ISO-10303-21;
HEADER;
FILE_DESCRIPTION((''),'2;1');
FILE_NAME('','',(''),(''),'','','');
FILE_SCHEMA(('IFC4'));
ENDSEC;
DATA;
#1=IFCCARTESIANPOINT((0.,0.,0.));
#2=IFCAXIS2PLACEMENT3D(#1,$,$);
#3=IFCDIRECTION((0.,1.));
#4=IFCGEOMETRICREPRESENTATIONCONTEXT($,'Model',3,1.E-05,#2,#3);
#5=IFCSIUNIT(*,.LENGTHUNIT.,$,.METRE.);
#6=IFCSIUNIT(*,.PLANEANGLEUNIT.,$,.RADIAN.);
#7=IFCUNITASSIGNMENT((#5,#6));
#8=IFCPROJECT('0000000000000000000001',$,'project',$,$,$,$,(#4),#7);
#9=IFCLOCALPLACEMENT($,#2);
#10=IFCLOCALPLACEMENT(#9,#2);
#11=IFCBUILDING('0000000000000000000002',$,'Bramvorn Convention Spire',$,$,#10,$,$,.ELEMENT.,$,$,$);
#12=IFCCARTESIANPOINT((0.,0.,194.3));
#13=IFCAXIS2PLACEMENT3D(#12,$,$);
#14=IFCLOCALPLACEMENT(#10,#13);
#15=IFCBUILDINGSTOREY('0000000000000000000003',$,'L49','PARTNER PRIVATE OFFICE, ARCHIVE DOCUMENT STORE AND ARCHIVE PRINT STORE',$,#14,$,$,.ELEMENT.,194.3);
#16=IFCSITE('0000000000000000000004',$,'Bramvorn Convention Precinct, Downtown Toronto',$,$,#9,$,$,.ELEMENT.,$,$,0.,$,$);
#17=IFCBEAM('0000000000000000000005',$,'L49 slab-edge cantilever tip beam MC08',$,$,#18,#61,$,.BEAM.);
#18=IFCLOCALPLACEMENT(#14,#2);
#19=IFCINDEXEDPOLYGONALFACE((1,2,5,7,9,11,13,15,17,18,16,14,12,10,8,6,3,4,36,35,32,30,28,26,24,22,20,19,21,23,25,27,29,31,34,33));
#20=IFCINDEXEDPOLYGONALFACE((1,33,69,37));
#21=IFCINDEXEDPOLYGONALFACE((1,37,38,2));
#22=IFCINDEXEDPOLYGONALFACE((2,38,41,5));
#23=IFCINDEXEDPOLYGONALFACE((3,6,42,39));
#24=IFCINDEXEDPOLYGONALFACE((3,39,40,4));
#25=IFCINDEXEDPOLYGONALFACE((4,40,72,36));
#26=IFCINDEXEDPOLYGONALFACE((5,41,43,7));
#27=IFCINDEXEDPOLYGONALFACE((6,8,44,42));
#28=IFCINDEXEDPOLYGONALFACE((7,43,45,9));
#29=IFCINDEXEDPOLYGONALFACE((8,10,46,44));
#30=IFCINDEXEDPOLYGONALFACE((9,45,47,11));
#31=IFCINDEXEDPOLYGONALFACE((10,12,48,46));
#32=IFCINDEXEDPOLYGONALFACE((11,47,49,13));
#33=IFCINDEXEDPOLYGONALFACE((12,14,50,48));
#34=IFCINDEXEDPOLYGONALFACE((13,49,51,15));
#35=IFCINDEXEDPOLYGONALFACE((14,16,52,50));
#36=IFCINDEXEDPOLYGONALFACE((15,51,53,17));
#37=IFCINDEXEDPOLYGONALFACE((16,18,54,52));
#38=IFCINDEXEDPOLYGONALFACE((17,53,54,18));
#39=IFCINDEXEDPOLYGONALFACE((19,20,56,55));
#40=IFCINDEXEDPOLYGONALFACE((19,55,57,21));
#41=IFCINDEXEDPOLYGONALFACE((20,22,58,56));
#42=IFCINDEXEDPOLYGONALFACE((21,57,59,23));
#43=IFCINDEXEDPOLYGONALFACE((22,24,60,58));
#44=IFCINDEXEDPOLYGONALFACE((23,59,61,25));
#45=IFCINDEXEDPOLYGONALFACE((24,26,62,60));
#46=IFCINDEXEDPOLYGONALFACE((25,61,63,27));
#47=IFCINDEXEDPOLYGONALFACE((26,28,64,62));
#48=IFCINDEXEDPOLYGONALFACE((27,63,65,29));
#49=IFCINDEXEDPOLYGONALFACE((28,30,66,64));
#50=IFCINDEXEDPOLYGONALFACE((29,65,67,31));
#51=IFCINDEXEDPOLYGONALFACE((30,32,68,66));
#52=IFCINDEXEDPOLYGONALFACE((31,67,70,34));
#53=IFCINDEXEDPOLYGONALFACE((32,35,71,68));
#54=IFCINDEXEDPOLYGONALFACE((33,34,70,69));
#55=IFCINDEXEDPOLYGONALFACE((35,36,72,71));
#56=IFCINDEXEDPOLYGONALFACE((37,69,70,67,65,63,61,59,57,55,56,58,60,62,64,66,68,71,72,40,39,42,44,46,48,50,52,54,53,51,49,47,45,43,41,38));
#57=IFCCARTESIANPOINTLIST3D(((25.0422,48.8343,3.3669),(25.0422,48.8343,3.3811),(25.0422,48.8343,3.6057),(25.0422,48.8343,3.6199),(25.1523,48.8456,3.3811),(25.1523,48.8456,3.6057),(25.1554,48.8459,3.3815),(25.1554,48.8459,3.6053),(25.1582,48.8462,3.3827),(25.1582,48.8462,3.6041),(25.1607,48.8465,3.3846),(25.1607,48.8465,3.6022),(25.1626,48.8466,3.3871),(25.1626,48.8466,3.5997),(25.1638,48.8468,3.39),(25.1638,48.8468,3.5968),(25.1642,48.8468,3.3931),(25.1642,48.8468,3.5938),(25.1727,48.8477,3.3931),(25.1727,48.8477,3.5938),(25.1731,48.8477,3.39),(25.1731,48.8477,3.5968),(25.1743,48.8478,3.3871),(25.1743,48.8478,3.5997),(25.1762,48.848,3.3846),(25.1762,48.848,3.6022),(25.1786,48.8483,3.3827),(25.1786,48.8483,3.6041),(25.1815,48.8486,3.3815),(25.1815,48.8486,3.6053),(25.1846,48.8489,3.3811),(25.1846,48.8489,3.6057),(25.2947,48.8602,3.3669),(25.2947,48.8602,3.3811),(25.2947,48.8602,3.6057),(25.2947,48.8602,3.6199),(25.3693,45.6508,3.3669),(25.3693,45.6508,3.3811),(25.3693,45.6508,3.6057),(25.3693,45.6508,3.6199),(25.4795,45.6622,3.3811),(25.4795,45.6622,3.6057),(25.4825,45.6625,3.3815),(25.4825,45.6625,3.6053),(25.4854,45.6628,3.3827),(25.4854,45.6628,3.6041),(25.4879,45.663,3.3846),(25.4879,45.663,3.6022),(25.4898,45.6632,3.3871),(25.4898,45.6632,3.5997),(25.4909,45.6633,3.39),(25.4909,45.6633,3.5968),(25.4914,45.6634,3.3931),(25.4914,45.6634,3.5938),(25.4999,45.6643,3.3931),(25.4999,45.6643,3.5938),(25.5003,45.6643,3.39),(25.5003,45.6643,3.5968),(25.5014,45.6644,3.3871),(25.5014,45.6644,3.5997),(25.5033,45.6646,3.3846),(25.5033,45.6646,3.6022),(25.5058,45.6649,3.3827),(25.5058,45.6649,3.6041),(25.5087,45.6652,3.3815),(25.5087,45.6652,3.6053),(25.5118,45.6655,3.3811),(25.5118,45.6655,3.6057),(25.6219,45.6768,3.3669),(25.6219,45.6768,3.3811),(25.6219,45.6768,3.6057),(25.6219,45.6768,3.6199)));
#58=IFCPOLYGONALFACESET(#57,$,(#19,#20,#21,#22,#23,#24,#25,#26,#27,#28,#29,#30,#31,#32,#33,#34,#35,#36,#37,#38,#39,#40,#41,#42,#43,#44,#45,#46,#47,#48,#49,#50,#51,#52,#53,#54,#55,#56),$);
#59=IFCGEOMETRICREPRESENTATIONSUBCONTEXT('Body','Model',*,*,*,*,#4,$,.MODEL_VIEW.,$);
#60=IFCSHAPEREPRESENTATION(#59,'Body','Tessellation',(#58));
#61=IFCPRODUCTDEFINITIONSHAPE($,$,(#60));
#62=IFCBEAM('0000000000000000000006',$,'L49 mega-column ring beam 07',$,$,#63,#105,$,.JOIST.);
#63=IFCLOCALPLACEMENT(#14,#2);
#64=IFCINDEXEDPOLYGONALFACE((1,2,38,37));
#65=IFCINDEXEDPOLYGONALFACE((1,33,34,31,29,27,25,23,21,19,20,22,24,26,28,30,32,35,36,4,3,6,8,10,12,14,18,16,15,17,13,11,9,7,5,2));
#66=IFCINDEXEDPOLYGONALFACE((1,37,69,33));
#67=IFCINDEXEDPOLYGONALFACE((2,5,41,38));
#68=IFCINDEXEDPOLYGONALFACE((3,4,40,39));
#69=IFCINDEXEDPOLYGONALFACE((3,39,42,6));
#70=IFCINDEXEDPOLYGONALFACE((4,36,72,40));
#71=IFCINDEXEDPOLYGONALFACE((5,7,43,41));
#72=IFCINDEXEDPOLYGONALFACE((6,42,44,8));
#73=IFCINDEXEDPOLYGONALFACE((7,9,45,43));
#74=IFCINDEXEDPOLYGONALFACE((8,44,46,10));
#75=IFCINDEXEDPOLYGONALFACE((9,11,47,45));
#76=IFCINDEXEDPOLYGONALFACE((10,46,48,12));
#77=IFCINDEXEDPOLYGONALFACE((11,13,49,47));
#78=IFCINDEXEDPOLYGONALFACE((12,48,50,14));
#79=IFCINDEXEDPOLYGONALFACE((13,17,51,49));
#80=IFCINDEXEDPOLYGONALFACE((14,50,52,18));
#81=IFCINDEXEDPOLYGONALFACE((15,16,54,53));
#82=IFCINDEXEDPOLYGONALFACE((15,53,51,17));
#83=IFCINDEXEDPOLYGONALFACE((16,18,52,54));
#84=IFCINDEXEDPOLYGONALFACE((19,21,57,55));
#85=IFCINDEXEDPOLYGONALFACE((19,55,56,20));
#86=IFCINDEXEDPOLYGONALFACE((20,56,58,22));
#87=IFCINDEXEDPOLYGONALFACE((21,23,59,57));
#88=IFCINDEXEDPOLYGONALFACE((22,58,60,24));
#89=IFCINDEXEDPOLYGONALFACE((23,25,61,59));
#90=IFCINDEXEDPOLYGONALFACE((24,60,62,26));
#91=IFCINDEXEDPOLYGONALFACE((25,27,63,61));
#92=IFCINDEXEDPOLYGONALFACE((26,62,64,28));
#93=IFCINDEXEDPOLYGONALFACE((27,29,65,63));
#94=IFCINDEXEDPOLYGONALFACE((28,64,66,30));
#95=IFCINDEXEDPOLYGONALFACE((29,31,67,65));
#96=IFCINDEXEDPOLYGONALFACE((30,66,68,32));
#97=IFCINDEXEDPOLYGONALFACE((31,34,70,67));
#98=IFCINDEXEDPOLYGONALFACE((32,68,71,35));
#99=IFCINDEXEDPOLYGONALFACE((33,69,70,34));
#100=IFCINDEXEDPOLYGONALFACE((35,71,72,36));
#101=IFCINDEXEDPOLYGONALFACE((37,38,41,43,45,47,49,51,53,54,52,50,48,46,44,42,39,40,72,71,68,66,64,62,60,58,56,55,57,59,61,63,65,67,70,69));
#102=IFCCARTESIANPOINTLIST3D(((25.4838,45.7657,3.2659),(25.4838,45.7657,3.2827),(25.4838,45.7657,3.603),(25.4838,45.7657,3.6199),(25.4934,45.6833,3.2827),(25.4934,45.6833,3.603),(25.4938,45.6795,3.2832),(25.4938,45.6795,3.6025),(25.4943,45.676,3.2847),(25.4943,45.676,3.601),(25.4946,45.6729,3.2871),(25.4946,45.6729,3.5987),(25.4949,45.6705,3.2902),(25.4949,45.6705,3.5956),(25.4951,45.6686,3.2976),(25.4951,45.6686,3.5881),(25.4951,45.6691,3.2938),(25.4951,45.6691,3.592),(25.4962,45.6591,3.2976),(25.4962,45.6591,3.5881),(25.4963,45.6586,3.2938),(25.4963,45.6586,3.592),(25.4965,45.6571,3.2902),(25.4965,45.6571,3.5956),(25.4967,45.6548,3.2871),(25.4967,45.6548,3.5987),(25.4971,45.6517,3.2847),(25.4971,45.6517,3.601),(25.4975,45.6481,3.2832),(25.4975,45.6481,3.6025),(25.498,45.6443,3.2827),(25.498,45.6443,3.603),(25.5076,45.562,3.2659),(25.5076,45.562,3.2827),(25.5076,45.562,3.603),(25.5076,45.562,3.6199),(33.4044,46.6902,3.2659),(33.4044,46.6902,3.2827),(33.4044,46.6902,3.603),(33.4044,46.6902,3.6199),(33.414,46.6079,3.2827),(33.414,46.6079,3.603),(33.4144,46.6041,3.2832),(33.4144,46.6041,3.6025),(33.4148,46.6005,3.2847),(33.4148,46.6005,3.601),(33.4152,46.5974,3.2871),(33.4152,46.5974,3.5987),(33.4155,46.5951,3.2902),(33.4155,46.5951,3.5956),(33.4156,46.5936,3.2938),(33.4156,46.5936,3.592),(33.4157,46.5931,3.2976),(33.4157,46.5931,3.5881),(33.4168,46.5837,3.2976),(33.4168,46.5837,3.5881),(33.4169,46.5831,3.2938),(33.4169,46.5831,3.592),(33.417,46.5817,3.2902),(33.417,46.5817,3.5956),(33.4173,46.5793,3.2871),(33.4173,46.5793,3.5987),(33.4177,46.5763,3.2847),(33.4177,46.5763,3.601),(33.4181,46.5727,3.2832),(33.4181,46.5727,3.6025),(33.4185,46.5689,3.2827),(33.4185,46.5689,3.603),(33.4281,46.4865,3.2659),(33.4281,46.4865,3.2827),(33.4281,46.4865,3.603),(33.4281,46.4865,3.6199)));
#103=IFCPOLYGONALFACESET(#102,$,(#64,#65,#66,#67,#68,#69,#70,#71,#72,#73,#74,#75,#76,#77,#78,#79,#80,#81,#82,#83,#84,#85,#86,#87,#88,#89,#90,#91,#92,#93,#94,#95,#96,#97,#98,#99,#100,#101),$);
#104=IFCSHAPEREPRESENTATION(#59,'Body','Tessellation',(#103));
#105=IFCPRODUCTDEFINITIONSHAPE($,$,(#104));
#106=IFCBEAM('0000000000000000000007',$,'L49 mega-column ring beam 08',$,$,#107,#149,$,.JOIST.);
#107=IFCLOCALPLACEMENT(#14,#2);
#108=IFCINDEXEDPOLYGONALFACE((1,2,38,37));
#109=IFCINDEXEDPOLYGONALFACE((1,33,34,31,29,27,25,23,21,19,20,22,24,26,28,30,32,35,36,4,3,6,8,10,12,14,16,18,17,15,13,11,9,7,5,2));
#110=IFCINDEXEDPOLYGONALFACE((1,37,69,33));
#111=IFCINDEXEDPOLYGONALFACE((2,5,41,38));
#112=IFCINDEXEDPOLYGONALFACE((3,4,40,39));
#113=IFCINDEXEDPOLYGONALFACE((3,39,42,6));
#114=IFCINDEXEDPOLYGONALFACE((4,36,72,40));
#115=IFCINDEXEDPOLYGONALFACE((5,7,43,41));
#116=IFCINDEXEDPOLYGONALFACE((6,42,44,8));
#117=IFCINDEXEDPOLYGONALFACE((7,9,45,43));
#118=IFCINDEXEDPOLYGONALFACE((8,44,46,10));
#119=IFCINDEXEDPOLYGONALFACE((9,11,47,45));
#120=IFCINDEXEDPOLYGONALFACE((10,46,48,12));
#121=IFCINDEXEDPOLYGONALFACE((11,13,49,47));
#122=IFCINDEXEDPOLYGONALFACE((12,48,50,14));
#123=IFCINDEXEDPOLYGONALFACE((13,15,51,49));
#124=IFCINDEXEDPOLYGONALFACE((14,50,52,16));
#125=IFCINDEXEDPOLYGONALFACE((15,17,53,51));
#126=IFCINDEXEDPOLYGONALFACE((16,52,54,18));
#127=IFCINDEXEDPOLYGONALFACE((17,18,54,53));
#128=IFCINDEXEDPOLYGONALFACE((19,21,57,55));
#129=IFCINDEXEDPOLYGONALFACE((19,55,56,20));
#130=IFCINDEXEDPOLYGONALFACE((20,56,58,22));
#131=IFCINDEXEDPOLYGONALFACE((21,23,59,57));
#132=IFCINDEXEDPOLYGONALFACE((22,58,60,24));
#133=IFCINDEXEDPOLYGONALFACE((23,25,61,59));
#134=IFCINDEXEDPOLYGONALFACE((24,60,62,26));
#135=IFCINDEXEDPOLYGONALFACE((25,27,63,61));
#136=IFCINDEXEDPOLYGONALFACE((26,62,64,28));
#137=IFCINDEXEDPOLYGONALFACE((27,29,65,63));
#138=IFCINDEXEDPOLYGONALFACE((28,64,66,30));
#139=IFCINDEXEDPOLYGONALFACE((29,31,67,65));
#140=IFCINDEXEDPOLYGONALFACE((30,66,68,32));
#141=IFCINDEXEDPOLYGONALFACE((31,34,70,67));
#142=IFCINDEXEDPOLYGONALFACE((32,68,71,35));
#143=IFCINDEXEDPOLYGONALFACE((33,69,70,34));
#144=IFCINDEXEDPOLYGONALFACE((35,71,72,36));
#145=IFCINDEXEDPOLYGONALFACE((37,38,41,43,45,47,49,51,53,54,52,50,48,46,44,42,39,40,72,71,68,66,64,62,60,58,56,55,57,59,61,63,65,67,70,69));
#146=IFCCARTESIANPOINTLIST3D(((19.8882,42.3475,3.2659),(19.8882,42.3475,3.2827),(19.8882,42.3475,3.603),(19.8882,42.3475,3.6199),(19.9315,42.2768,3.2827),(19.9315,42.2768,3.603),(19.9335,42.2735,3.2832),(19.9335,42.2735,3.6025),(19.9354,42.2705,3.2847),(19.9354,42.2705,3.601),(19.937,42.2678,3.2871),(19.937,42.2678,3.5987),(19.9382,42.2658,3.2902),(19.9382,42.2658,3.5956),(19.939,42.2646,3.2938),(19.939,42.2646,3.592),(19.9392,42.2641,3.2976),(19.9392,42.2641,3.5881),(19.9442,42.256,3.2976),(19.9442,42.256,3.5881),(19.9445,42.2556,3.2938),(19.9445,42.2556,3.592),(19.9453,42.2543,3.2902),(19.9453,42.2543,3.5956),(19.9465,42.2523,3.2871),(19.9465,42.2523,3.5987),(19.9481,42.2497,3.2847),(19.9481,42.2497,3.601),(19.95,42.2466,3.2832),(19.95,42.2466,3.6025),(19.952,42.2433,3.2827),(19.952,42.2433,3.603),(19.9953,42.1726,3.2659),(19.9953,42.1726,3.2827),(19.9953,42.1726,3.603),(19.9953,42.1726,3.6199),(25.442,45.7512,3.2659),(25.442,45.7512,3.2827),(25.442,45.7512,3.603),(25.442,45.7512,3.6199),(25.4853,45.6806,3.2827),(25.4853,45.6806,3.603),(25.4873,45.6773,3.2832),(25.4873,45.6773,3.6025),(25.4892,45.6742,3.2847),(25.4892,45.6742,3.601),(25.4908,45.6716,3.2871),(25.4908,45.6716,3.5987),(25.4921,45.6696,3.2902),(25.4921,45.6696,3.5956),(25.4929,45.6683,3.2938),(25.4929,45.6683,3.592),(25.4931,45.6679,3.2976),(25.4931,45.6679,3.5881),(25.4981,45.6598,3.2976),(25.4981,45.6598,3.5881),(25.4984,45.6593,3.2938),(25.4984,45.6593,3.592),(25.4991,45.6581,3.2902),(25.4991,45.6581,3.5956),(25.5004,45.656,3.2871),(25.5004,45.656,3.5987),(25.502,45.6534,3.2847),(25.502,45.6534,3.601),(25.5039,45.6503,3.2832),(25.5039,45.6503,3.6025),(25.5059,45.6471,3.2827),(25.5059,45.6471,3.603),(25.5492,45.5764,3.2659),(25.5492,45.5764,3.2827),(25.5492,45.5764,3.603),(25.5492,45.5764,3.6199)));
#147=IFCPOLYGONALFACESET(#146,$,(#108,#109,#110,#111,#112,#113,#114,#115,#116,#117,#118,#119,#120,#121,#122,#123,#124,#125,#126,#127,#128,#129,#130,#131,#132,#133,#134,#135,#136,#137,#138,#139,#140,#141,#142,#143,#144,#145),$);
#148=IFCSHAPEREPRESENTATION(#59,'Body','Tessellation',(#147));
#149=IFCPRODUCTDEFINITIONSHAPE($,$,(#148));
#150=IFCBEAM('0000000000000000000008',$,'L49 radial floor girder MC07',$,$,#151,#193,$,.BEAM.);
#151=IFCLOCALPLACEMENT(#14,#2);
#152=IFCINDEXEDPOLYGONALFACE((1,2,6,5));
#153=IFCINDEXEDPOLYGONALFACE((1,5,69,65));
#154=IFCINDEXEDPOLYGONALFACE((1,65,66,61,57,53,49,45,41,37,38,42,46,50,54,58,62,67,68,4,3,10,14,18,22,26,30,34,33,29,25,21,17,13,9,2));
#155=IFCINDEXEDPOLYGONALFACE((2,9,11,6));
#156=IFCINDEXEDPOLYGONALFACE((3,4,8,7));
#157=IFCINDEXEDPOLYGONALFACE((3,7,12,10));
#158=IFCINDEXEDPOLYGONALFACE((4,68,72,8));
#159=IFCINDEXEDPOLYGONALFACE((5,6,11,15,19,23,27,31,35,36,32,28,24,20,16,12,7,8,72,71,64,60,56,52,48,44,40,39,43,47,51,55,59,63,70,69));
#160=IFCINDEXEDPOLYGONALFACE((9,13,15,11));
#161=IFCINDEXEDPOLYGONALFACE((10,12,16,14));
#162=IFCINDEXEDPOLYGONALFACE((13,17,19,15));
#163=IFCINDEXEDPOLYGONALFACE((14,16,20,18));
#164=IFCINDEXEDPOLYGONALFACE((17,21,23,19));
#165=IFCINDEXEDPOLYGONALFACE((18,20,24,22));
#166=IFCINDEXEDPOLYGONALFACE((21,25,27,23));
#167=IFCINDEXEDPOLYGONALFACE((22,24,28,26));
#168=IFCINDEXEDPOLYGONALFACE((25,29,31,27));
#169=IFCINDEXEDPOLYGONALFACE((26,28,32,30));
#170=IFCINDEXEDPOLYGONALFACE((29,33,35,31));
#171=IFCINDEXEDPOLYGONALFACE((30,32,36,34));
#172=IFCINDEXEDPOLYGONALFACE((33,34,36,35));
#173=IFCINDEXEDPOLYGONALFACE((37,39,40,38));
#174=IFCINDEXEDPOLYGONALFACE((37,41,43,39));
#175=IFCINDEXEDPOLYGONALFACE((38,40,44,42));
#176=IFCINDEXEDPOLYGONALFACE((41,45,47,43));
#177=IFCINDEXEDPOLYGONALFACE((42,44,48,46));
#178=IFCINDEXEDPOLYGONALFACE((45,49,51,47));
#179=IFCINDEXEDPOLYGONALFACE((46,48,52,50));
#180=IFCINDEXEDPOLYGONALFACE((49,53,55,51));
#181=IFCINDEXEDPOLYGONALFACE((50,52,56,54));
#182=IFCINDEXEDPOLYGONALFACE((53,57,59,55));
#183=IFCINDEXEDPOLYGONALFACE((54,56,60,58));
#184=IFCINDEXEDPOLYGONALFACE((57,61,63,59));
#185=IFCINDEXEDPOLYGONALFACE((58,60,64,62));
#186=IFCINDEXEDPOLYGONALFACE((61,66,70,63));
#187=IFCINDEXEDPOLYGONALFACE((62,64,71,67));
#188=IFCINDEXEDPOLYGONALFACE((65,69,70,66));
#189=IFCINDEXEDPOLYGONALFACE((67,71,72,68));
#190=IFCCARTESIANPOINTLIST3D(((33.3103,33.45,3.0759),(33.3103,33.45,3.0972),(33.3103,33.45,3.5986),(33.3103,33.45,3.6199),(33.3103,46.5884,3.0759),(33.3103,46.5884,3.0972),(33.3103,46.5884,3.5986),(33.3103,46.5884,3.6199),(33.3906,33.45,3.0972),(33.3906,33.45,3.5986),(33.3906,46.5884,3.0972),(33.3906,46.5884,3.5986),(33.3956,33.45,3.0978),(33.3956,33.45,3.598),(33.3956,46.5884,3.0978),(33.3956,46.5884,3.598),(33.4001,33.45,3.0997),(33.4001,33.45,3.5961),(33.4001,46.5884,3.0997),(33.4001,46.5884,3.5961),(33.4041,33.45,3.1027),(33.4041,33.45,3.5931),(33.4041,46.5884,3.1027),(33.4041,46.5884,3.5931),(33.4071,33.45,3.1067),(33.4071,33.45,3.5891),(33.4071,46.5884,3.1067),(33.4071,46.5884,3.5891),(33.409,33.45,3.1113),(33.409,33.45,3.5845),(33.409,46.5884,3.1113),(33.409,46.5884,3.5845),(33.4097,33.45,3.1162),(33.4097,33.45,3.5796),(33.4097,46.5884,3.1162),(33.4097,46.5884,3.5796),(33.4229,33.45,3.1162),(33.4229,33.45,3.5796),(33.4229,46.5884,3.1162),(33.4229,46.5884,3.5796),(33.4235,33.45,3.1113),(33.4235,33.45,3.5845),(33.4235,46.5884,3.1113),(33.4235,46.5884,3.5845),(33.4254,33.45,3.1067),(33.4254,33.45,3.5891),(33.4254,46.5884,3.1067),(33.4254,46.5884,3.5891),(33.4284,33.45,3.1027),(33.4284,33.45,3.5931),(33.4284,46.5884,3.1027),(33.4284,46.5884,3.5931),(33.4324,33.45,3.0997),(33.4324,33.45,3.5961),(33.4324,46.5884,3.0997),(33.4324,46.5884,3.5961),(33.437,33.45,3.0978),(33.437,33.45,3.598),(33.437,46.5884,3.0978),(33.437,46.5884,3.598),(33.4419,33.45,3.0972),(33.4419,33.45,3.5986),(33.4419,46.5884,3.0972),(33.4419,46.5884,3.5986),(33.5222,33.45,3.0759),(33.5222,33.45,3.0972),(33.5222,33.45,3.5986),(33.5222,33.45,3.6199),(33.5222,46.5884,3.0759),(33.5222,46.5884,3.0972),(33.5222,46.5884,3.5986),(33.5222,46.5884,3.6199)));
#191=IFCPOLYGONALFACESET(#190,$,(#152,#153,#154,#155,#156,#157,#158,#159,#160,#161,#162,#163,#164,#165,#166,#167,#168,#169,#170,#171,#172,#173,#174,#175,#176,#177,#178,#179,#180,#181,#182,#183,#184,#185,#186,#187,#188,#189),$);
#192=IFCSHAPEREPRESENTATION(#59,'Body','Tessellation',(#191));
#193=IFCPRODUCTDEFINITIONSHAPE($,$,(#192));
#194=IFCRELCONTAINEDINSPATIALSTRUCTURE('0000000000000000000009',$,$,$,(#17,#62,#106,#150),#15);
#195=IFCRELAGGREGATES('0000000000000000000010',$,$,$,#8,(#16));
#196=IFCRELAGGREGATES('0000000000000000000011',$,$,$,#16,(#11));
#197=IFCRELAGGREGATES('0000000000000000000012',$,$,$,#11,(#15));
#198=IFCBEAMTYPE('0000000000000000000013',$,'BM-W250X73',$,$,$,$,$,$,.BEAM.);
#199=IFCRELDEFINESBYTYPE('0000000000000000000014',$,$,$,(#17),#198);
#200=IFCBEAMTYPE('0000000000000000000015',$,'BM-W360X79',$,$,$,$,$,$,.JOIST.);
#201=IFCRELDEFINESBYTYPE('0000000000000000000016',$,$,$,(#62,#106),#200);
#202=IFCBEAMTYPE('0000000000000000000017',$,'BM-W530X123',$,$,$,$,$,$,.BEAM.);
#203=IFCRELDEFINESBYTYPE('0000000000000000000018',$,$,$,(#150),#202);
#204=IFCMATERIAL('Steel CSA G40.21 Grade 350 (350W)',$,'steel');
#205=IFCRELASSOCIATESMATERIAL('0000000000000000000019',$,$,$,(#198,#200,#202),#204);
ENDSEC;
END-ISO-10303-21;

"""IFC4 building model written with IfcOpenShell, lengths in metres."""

from ifc_helpers import new_model, si_unit, direction, frame, origin, origin_2d, place, context, subcontext, project, spatial, i_section, extrude, material, material_profile, profile_set, type_object, element, save


model = new_model("IFC4")

# Units and contexts
model_context = context("Model", 3, precision=1e-05, world=origin(), true_north=direction((0.0, 1.0)))
body_context = subcontext(model_context, "Body", "Model", "MODEL_VIEW")
ifc_project = project(units=[si_unit("LENGTHUNIT", "METRE"), si_unit("PLANEANGLEUNIT", "RADIAN")], contexts=[model_context])

# Site, building, storey
site_placement = place(None, origin())
site = spatial("IfcSite", under=ifc_project, at=site_placement, Name="Bramvorn Convention Precinct, Downtown Toronto", CompositionType="ELEMENT", RefElevation=0.0)
building_placement = place(site_placement, origin())
building = spatial("IfcBuilding", under=site, at=building_placement, Name="Bramvorn Convention Spire", CompositionType="ELEMENT")
storey_placement = place(building_placement, frame((0.0, 0.0, 194.3)))
storey = spatial("IfcBuildingStorey", under=building, at=storey_placement, Name="L49", Description="PARTNER PRIVATE OFFICE, ARCHIVE DOCUMENT STORE AND ARCHIVE PRINT STORE", CompositionType="ELEMENT", Elevation=194.3)

# Shared definitions
ifc_material_1 = material(Name="Steel CSA G40.21 Grade 350 (350W)", Category="steel")

# Beams
ifc_material_profile_1 = material_profile(ifc_material_1, i_section(OverallWidth=0.2539, OverallDepth=0.2529, WebThickness=0.0085, FlangeThickness=0.0142, FilletRadius=0.012, at=origin_2d()))
ifc_profile_set_1 = profile_set([ifc_material_profile_1], Name="Steel CSA G40.21 Grade 350 (350W) - W250X73")
beam_type_1 = type_object("IfcBeamType", Name="BM-W250X73", PredefinedType="BEAM", material=ifc_profile_set_1)
beam_1_placement = place(storey_placement, frame((25.4956, 45.6638, 3.4934), z_axis=(-0.10223, 0.994761, 0.0), x_axis=(-0.994761, -0.10223, 0.0)))
element("IfcBeam", 1, at=beam_1_placement, inside=storey, type_object=beam_type_1, Name="L49 slab-edge cantilever tip beam MC08", PredefinedType="BEAM", context=body_context, shape_type="SweptSolid", body=[
    extrude(i_section(OverallWidth=0.2539, OverallDepth=0.2529, WebThickness=0.0085, FlangeThickness=0.0142, FilletRadius=0.012, at=origin_2d()), origin(), (0.0, 0.0, 1.0), 3.2002),
])
ifc_material_profile_2 = material_profile(ifc_material_1, i_section(OverallWidth=0.2051, OverallDepth=0.354, WebThickness=0.0095, FlangeThickness=0.0168, FilletRadius=0.0149, at=origin_2d()))
ifc_profile_set_2 = profile_set([ifc_material_profile_2], Name="Steel CSA G40.21 Grade 350 (350W) - W360X79")
beam_type_2 = type_object("IfcBeamType", Name="BM-W360X79", PredefinedType="JOIST", material=ifc_profile_set_2)
beam_2_placement = place(storey_placement, frame((33.4163, 46.5884, 3.4429), z_axis=(-0.993256, -0.115941, 0.0), x_axis=(0.115941, -0.993256, 0.0)))
element("IfcBeam", 2, at=beam_2_placement, inside=storey, type_object=beam_type_2, Name="L49 mega-column ring beam 07", PredefinedType="JOIST", context=body_context, shape_type="SweptSolid", body=[
    extrude(i_section(OverallWidth=0.2051, OverallDepth=0.354, WebThickness=0.0095, FlangeThickness=0.0168, FilletRadius=0.0149, at=origin_2d()), origin(), (0.0, 0.0, 1.0), 7.9744),
])
beam_3_placement = place(storey_placement, frame((25.4956, 45.6638, 3.4429), z_axis=(-0.852617, -0.522537, 0.0), x_axis=(0.522537, -0.852617, 0.0)))
element("IfcBeam", 3, at=beam_3_placement, inside=storey, type_object=beam_type_2, Name="L49 mega-column ring beam 08", PredefinedType="JOIST", context=body_context, shape_type="SweptSolid", body=[
    extrude(i_section(OverallWidth=0.2051, OverallDepth=0.354, WebThickness=0.0095, FlangeThickness=0.0168, FilletRadius=0.0149, at=origin_2d()), origin(), (0.0, 0.0, 1.0), 6.5139),
])
ifc_material_profile_3 = material_profile(ifc_material_1, i_section(OverallWidth=0.2119, OverallDepth=0.5439, WebThickness=0.0132, FlangeThickness=0.0212, FilletRadius=0.019, at=origin_2d()))
ifc_profile_set_3 = profile_set([ifc_material_profile_3], Name="Steel CSA G40.21 Grade 350 (350W) - W530X123")
beam_type_3 = type_object("IfcBeamType", Name="BM-W530X123", PredefinedType="BEAM", material=ifc_profile_set_3)
beam_4_placement = place(storey_placement, frame((33.4163, 33.45, 3.3479), z_axis=(0.0, 1.0, 0.0), x_axis=(-1.0, 0.0, 0.0)))
element("IfcBeam", 4, at=beam_4_placement, inside=storey, type_object=beam_type_3, Name="L49 radial floor girder MC07", PredefinedType="BEAM", context=body_context, shape_type="SweptSolid", body=[
    extrude(i_section(OverallWidth=0.2119, OverallDepth=0.5439, WebThickness=0.0132, FlangeThickness=0.0212, FilletRadius=0.019, at=origin_2d()), origin(), (0.0, 0.0, 1.0), 13.1384),
])

save(model, "model.ifc")
